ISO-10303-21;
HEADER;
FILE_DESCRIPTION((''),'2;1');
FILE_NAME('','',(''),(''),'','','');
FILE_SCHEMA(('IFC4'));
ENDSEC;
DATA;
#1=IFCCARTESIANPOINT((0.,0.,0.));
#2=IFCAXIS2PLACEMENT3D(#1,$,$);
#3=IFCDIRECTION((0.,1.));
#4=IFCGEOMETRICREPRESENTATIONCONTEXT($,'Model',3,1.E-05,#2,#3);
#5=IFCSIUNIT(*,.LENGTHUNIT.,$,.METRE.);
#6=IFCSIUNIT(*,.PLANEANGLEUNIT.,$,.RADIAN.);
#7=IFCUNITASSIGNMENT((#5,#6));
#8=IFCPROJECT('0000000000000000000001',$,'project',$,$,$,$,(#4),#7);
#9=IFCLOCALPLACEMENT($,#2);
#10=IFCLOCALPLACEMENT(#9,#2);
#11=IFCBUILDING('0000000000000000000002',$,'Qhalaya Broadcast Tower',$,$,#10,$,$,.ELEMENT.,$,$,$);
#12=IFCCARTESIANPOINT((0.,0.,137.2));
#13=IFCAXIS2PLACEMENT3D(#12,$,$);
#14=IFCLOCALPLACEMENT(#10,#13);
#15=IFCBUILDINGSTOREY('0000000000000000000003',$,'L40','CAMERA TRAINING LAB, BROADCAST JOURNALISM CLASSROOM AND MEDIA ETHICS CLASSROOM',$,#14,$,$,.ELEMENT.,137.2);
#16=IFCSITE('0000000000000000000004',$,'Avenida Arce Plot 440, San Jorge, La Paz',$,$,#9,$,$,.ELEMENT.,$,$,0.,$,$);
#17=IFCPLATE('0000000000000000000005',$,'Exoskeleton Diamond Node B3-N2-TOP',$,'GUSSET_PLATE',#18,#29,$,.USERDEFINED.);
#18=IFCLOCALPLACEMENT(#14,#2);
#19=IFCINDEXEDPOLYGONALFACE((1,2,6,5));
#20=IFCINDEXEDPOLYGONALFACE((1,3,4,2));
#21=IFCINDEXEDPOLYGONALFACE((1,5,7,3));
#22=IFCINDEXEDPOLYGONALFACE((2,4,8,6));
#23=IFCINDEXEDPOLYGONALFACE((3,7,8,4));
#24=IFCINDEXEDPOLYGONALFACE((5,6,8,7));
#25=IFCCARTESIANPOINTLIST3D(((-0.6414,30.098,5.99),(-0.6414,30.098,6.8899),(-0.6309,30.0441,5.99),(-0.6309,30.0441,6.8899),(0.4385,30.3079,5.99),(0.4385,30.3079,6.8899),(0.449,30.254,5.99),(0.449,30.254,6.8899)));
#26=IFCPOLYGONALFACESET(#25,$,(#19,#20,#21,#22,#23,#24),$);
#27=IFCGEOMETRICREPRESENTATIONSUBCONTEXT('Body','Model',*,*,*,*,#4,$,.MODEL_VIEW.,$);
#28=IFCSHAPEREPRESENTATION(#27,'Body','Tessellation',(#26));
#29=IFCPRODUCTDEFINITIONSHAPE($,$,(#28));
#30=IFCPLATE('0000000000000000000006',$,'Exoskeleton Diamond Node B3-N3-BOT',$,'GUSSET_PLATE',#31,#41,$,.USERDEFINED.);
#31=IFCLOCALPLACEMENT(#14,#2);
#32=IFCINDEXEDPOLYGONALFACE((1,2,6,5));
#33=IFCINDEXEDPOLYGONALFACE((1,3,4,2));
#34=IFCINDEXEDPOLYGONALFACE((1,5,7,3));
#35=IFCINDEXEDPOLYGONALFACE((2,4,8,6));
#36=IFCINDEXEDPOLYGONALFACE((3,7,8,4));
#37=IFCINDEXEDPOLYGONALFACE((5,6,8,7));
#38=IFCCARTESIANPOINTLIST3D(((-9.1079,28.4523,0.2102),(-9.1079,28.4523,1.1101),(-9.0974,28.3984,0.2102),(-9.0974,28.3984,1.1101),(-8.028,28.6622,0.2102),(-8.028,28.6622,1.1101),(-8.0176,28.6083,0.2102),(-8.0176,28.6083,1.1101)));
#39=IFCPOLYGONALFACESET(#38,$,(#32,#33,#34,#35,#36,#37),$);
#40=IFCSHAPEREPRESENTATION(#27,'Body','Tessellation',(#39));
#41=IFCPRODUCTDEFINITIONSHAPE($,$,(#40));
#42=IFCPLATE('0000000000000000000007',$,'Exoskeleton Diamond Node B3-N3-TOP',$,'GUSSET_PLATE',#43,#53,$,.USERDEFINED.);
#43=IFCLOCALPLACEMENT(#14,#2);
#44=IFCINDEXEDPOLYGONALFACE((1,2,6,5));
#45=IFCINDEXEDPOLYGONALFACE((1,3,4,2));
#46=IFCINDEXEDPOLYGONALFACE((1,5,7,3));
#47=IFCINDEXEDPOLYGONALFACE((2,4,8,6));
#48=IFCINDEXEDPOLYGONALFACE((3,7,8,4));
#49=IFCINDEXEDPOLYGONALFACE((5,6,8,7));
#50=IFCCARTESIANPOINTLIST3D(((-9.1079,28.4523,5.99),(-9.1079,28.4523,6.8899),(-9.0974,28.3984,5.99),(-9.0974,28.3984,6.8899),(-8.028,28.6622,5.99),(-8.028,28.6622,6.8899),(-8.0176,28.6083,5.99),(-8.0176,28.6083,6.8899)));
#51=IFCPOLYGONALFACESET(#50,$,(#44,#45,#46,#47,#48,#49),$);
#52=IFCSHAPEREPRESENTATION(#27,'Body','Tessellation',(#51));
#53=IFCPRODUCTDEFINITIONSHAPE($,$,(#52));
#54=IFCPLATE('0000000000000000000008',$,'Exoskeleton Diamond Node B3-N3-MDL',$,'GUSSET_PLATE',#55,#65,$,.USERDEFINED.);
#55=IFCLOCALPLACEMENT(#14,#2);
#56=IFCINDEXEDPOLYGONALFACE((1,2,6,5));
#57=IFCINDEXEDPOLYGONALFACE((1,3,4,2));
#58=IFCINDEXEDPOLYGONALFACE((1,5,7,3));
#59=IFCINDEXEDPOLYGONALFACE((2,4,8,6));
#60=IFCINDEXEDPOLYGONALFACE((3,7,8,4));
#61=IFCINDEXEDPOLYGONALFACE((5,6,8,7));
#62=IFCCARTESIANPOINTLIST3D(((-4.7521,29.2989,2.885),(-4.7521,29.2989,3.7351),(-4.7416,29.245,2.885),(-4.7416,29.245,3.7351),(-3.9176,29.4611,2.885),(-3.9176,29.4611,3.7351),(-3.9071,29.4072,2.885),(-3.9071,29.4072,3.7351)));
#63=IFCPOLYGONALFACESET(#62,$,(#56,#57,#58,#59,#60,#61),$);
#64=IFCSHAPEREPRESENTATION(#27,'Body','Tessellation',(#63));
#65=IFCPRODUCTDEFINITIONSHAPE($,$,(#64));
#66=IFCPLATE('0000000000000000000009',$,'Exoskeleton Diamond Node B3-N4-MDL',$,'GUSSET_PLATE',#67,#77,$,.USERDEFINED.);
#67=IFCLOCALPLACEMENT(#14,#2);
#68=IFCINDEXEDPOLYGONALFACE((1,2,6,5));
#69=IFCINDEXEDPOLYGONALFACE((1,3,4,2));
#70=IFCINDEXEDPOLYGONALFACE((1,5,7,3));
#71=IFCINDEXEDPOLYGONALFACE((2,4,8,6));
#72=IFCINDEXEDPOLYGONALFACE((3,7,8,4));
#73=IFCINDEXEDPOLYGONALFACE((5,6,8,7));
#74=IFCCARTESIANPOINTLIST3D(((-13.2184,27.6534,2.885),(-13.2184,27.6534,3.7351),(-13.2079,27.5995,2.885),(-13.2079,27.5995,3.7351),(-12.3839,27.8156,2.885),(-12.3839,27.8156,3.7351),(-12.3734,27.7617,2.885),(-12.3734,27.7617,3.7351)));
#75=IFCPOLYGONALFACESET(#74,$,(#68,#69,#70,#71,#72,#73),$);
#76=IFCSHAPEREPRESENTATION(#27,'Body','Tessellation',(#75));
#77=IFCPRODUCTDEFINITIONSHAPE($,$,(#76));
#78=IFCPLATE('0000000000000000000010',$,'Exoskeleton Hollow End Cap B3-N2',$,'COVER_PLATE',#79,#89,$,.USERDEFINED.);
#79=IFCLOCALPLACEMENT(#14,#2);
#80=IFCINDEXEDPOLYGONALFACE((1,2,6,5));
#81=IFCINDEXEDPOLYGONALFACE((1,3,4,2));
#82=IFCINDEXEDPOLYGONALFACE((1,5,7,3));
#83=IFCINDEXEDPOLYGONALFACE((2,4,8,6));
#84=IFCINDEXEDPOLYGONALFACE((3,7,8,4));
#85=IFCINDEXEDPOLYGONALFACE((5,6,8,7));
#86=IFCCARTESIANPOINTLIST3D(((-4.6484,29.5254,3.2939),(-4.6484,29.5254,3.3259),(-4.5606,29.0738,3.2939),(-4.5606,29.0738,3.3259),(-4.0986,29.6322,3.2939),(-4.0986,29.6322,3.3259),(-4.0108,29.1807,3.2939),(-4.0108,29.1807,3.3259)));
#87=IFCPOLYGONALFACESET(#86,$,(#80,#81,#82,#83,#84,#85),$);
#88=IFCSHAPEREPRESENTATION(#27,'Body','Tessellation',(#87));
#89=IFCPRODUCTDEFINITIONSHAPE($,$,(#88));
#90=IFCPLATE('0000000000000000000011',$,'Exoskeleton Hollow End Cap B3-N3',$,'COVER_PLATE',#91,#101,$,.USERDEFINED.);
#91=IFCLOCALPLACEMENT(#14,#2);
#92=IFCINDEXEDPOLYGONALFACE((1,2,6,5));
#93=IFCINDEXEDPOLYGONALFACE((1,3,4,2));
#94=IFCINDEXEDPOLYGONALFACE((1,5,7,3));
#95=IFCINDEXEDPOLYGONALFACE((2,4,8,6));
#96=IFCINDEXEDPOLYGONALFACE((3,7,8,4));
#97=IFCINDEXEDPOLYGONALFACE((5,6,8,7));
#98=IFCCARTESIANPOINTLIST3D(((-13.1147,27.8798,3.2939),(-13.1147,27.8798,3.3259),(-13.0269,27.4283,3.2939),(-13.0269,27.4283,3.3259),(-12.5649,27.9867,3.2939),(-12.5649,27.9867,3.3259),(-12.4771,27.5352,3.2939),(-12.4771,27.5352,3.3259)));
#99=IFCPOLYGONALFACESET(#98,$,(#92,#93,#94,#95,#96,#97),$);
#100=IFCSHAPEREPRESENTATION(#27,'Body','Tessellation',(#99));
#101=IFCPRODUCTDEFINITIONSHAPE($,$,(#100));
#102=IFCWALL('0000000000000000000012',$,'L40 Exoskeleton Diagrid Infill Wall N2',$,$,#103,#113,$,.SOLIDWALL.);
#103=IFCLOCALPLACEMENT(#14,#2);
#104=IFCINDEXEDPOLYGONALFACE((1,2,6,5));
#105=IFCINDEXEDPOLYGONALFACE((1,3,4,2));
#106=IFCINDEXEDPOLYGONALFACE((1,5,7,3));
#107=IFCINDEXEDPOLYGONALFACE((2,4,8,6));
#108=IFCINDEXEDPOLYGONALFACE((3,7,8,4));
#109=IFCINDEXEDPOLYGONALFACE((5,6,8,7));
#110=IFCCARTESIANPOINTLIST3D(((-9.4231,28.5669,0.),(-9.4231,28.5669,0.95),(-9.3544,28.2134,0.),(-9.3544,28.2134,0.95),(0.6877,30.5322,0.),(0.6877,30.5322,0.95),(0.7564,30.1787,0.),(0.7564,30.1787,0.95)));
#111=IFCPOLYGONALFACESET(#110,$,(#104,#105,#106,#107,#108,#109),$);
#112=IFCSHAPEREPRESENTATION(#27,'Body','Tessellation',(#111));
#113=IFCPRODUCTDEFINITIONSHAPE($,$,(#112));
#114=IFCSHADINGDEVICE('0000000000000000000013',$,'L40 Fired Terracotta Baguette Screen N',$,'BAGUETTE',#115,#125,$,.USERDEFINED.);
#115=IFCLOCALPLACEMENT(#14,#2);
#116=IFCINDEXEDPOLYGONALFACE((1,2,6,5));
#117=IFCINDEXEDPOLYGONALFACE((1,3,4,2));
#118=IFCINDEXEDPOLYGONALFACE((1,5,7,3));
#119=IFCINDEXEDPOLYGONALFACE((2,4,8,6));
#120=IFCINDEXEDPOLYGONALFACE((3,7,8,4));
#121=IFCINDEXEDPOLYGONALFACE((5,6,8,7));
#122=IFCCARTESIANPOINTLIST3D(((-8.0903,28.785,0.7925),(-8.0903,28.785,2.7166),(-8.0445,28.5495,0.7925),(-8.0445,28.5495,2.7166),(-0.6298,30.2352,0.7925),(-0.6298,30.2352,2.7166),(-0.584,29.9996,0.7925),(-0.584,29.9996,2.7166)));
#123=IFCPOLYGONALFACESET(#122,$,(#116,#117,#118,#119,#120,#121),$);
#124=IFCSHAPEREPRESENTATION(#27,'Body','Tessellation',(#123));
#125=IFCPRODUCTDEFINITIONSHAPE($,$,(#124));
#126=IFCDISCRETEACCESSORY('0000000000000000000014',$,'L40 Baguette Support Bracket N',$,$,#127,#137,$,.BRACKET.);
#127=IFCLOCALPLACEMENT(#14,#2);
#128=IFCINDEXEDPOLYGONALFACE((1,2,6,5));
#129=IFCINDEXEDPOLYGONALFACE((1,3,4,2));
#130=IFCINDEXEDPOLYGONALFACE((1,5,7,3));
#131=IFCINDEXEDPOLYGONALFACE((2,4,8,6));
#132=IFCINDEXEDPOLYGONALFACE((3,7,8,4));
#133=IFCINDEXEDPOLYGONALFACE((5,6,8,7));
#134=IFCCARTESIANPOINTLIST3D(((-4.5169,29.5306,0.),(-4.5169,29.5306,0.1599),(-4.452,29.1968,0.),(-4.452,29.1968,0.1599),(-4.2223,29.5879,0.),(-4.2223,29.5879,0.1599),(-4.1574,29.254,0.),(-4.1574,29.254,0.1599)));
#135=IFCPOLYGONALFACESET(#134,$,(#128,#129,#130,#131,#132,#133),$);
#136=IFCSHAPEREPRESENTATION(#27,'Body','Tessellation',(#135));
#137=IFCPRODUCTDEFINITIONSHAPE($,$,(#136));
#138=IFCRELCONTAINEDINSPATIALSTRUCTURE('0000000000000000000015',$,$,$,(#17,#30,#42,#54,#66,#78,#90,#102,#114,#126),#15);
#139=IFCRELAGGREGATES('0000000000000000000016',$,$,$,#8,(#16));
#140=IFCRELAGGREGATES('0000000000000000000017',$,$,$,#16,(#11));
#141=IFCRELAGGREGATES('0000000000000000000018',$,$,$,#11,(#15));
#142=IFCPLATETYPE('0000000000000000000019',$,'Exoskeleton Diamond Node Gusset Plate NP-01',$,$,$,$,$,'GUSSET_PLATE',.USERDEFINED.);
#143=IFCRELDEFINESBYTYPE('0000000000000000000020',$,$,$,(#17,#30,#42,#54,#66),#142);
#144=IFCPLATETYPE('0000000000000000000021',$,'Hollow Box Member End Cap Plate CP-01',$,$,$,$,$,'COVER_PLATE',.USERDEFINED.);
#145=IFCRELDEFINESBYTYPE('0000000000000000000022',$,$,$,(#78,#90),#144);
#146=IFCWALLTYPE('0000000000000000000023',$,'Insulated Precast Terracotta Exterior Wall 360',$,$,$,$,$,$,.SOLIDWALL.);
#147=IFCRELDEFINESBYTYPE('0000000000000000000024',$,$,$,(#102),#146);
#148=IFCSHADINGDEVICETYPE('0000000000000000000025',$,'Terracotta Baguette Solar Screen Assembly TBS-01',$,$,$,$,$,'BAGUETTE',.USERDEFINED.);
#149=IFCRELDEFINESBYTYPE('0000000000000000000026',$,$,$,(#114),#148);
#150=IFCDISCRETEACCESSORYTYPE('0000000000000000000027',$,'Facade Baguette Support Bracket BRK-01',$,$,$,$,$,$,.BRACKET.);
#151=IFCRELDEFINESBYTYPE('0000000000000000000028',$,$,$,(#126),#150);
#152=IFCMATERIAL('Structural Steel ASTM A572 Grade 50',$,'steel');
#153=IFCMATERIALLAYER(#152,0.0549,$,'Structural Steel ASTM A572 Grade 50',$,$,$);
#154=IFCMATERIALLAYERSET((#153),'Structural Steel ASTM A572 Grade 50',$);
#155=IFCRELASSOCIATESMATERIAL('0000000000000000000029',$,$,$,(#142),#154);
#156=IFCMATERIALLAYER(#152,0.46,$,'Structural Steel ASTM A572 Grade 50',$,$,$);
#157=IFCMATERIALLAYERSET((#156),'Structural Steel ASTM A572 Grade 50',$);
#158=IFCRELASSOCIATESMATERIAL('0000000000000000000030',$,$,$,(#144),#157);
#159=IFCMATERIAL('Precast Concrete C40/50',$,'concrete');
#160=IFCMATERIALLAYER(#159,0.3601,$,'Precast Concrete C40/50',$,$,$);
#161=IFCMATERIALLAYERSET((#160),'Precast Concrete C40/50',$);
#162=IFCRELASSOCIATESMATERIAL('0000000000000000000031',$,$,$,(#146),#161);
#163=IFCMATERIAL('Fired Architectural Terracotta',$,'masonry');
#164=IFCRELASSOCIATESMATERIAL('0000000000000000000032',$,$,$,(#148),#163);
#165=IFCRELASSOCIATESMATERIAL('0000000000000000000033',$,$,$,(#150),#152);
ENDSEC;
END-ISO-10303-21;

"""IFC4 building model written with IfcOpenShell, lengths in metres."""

from ifc_helpers import new_model, si_unit, direction, frame, frame_2d, origin, origin_2d, place, context, subcontext, project, spatial, rectangle, extrude, material, layer, layer_set, type_object, element, save


model = new_model("IFC4")

# Units and contexts
model_context = context("Model", 3, precision=1e-05, world=origin(), true_north=direction((0.0, 1.0)))
body_context = subcontext(model_context, "Body", "Model", "MODEL_VIEW")
ifc_project = project(units=[si_unit("LENGTHUNIT", "METRE"), si_unit("PLANEANGLEUNIT", "RADIAN")], contexts=[model_context])

# Site, building, storey
site_placement = place(None, origin())
site = spatial("IfcSite", under=ifc_project, at=site_placement, Name="Avenida Arce Plot 440, San Jorge, La Paz", CompositionType="ELEMENT", RefElevation=0.0)
building_placement = place(site_placement, origin())
building = spatial("IfcBuilding", under=site, at=building_placement, Name="Qhalaya Broadcast Tower", CompositionType="ELEMENT")
storey_placement = place(building_placement, frame((0.0, 0.0, 137.2)))
storey = spatial("IfcBuildingStorey", under=building, at=storey_placement, Name="L40", Description="CAMERA TRAINING LAB, BROADCAST JOURNALISM CLASSROOM AND MEDIA ETHICS CLASSROOM", CompositionType="ELEMENT", Elevation=137.2)

# Shared definitions
ifc_material_1 = material(Name="Structural Steel ASTM A572 Grade 50", Category="steel")

# Plates
ifc_layer_1 = layer(ifc_material_1, 0.0549, Name="Structural Steel ASTM A572 Grade 50")
ifc_layer_set_1 = layer_set([ifc_layer_1], Name="Structural Steel ASTM A572 Grade 50")
plate_type_1 = type_object("IfcPlateType", Name="Exoskeleton Diamond Node Gusset Plate NP-01", ElementType="GUSSET_PLATE", PredefinedType="USERDEFINED", material=ifc_layer_set_1)
for number, where, z_axis, x_axis, name in (
    (1, (-0.0962, 30.176, 5.99), (0.0, 0.0, 1.0), (0.981627, 0.190809, 0.0), "Exoskeleton Diamond Node B3-N2-TOP"),
    (2, (-8.5627, 28.5303, 0.2102), (0.0, 0.0, 1.0), (0.981627, 0.190809, 0.0), "Exoskeleton Diamond Node B3-N3-BOT"),
    (3, (-8.5627, 28.5303, 5.99), (0.0, 0.0, 1.0), (0.981627, 0.190809, 0.0), "Exoskeleton Diamond Node B3-N3-TOP"),
):
    element("IfcPlate", number, at=place(storey_placement, frame(where, z_axis=z_axis, x_axis=x_axis)), inside=storey, type_object=plate_type_1, Name=name, ObjectType="GUSSET_PLATE", PredefinedType="USERDEFINED", context=body_context, shape_type="SweptSolid", body=[
        extrude(rectangle(XDim=1.1001, YDim=0.0549, at=origin_2d()), origin(), (0.0, 0.0, 1.0), 0.8999),
    ])
for number, where, z_axis, x_axis, name in (
    (4, (-4.3296, 29.353, 2.885), (0.0, 0.0, 1.0), (0.981627, 0.190809, 0.0), "Exoskeleton Diamond Node B3-N3-MDL"),
    (5, (-12.7959, 27.7075, 2.885), (0.0, 0.0, 1.0), (0.981627, 0.190809, 0.0), "Exoskeleton Diamond Node B3-N4-MDL"),
):
    element("IfcPlate", number, at=place(storey_placement, frame(where, z_axis=z_axis, x_axis=x_axis)), inside=storey, type_object=plate_type_1, Name=name, ObjectType="GUSSET_PLATE", PredefinedType="USERDEFINED", context=body_context, shape_type="SweptSolid", body=[
        extrude(rectangle(XDim=0.8501, YDim=0.0549, at=origin_2d()), origin(), (0.0, 0.0, 1.0), 0.8501),
    ])
ifc_layer_2 = layer(ifc_material_1, 0.46, Name="Structural Steel ASTM A572 Grade 50")
ifc_layer_set_2 = layer_set([ifc_layer_2], Name="Structural Steel ASTM A572 Grade 50")
plate_type_2 = type_object("IfcPlateType", Name="Hollow Box Member End Cap Plate CP-01", ElementType="COVER_PLATE", PredefinedType="USERDEFINED", material=ifc_layer_set_2)
for number, where, z_axis, x_axis, name in (
    (6, (-4.3296, 29.353, 3.2939), (0.0, 0.0, 1.0), (0.981627, 0.190809, 0.0), "Exoskeleton Hollow End Cap B3-N2"),
    (7, (-12.7959, 27.7075, 3.2939), (0.0, 0.0, 1.0), (0.981627, 0.190809, 0.0), "Exoskeleton Hollow End Cap B3-N3"),
):
    element("IfcPlate", number, at=place(storey_placement, frame(where, z_axis=z_axis, x_axis=x_axis)), inside=storey, type_object=plate_type_2, Name=name, ObjectType="COVER_PLATE", PredefinedType="USERDEFINED", context=body_context, shape_type="SweptSolid", body=[
        extrude(rectangle(XDim=0.5601, YDim=0.46, at=origin_2d()), origin(), (0.0, 0.0, 1.0), 0.032),
    ])

# Wall
ifc_material_2 = material(Name="Precast Concrete C40/50", Category="concrete")
ifc_layer_3 = layer(ifc_material_2, 0.3601, Name="Precast Concrete C40/50")
ifc_layer_set_3 = layer_set([ifc_layer_3], Name="Precast Concrete C40/50")
wall_type = type_object("IfcWallType", Name="Insulated Precast Terracotta Exterior Wall 360", PredefinedType="SOLIDWALL", material=ifc_layer_set_3)
wall_placement = place(storey_placement, frame((-9.3887, 28.3901, 0.0), z_axis=(0.0, 0.0, 1.0), x_axis=(0.981627, 0.190807, 0.0)))
element("IfcWall", 8, at=wall_placement, inside=storey, type_object=wall_type, Name="L40 Exoskeleton Diagrid Infill Wall N2", PredefinedType="SOLIDWALL", context=body_context, shape_type="SweptSolid", body=[
    extrude(rectangle(XDim=10.3, YDim=0.3601, at=frame_2d((5.1499, 0.0))), origin(), (0.0, 0.0, 1.0), 0.95),
])

# Shading device
ifc_material_3 = material(Name="Fired Architectural Terracotta", Category="masonry")
shading_device_type = type_object("IfcShadingDeviceType", Name="Terracotta Baguette Solar Screen Assembly TBS-01", ElementType="BAGUETTE", PredefinedType="USERDEFINED", material=ifc_material_3)
shading_device_placement = place(storey_placement, frame((-4.3372, 29.3923, 0.7925), z_axis=(0.0, 0.0, 1.0), x_axis=(-0.981627, -0.190809, 0.0)))
element("IfcShadingDevice", 9, at=shading_device_placement, inside=storey, type_object=shading_device_type, Name="L40 Fired Terracotta Baguette Screen N", ObjectType="BAGUETTE", PredefinedType="USERDEFINED", context=body_context, shape_type="SweptSolid", body=[
    extrude(rectangle(XDim=7.6001, YDim=0.24, at=origin_2d()), origin(), (0.0, 0.0, 1.0), 1.9241),
])

# Discrete accessory
discrete_accessory_type = type_object("IfcDiscreteAccessoryType", Name="Facade Baguette Support Bracket BRK-01", PredefinedType="BRACKET", material=ifc_material_1)
discrete_accessory_placement = place(storey_placement, frame((-4.3372, 29.3923, 0.0), z_axis=(0.0, 0.0, 1.0), x_axis=(-0.981627, -0.190809, 0.0)))
element("IfcDiscreteAccessory", 10, at=discrete_accessory_placement, inside=storey, type_object=discrete_accessory_type, Name="L40 Baguette Support Bracket N", PredefinedType="BRACKET", context=body_context, shape_type="SweptSolid", body=[
    extrude(rectangle(XDim=0.3, YDim=0.3401, at=origin_2d()), origin(), (0.0, 0.0, 1.0), 0.1599),
])

save(model, "model.ifc")
